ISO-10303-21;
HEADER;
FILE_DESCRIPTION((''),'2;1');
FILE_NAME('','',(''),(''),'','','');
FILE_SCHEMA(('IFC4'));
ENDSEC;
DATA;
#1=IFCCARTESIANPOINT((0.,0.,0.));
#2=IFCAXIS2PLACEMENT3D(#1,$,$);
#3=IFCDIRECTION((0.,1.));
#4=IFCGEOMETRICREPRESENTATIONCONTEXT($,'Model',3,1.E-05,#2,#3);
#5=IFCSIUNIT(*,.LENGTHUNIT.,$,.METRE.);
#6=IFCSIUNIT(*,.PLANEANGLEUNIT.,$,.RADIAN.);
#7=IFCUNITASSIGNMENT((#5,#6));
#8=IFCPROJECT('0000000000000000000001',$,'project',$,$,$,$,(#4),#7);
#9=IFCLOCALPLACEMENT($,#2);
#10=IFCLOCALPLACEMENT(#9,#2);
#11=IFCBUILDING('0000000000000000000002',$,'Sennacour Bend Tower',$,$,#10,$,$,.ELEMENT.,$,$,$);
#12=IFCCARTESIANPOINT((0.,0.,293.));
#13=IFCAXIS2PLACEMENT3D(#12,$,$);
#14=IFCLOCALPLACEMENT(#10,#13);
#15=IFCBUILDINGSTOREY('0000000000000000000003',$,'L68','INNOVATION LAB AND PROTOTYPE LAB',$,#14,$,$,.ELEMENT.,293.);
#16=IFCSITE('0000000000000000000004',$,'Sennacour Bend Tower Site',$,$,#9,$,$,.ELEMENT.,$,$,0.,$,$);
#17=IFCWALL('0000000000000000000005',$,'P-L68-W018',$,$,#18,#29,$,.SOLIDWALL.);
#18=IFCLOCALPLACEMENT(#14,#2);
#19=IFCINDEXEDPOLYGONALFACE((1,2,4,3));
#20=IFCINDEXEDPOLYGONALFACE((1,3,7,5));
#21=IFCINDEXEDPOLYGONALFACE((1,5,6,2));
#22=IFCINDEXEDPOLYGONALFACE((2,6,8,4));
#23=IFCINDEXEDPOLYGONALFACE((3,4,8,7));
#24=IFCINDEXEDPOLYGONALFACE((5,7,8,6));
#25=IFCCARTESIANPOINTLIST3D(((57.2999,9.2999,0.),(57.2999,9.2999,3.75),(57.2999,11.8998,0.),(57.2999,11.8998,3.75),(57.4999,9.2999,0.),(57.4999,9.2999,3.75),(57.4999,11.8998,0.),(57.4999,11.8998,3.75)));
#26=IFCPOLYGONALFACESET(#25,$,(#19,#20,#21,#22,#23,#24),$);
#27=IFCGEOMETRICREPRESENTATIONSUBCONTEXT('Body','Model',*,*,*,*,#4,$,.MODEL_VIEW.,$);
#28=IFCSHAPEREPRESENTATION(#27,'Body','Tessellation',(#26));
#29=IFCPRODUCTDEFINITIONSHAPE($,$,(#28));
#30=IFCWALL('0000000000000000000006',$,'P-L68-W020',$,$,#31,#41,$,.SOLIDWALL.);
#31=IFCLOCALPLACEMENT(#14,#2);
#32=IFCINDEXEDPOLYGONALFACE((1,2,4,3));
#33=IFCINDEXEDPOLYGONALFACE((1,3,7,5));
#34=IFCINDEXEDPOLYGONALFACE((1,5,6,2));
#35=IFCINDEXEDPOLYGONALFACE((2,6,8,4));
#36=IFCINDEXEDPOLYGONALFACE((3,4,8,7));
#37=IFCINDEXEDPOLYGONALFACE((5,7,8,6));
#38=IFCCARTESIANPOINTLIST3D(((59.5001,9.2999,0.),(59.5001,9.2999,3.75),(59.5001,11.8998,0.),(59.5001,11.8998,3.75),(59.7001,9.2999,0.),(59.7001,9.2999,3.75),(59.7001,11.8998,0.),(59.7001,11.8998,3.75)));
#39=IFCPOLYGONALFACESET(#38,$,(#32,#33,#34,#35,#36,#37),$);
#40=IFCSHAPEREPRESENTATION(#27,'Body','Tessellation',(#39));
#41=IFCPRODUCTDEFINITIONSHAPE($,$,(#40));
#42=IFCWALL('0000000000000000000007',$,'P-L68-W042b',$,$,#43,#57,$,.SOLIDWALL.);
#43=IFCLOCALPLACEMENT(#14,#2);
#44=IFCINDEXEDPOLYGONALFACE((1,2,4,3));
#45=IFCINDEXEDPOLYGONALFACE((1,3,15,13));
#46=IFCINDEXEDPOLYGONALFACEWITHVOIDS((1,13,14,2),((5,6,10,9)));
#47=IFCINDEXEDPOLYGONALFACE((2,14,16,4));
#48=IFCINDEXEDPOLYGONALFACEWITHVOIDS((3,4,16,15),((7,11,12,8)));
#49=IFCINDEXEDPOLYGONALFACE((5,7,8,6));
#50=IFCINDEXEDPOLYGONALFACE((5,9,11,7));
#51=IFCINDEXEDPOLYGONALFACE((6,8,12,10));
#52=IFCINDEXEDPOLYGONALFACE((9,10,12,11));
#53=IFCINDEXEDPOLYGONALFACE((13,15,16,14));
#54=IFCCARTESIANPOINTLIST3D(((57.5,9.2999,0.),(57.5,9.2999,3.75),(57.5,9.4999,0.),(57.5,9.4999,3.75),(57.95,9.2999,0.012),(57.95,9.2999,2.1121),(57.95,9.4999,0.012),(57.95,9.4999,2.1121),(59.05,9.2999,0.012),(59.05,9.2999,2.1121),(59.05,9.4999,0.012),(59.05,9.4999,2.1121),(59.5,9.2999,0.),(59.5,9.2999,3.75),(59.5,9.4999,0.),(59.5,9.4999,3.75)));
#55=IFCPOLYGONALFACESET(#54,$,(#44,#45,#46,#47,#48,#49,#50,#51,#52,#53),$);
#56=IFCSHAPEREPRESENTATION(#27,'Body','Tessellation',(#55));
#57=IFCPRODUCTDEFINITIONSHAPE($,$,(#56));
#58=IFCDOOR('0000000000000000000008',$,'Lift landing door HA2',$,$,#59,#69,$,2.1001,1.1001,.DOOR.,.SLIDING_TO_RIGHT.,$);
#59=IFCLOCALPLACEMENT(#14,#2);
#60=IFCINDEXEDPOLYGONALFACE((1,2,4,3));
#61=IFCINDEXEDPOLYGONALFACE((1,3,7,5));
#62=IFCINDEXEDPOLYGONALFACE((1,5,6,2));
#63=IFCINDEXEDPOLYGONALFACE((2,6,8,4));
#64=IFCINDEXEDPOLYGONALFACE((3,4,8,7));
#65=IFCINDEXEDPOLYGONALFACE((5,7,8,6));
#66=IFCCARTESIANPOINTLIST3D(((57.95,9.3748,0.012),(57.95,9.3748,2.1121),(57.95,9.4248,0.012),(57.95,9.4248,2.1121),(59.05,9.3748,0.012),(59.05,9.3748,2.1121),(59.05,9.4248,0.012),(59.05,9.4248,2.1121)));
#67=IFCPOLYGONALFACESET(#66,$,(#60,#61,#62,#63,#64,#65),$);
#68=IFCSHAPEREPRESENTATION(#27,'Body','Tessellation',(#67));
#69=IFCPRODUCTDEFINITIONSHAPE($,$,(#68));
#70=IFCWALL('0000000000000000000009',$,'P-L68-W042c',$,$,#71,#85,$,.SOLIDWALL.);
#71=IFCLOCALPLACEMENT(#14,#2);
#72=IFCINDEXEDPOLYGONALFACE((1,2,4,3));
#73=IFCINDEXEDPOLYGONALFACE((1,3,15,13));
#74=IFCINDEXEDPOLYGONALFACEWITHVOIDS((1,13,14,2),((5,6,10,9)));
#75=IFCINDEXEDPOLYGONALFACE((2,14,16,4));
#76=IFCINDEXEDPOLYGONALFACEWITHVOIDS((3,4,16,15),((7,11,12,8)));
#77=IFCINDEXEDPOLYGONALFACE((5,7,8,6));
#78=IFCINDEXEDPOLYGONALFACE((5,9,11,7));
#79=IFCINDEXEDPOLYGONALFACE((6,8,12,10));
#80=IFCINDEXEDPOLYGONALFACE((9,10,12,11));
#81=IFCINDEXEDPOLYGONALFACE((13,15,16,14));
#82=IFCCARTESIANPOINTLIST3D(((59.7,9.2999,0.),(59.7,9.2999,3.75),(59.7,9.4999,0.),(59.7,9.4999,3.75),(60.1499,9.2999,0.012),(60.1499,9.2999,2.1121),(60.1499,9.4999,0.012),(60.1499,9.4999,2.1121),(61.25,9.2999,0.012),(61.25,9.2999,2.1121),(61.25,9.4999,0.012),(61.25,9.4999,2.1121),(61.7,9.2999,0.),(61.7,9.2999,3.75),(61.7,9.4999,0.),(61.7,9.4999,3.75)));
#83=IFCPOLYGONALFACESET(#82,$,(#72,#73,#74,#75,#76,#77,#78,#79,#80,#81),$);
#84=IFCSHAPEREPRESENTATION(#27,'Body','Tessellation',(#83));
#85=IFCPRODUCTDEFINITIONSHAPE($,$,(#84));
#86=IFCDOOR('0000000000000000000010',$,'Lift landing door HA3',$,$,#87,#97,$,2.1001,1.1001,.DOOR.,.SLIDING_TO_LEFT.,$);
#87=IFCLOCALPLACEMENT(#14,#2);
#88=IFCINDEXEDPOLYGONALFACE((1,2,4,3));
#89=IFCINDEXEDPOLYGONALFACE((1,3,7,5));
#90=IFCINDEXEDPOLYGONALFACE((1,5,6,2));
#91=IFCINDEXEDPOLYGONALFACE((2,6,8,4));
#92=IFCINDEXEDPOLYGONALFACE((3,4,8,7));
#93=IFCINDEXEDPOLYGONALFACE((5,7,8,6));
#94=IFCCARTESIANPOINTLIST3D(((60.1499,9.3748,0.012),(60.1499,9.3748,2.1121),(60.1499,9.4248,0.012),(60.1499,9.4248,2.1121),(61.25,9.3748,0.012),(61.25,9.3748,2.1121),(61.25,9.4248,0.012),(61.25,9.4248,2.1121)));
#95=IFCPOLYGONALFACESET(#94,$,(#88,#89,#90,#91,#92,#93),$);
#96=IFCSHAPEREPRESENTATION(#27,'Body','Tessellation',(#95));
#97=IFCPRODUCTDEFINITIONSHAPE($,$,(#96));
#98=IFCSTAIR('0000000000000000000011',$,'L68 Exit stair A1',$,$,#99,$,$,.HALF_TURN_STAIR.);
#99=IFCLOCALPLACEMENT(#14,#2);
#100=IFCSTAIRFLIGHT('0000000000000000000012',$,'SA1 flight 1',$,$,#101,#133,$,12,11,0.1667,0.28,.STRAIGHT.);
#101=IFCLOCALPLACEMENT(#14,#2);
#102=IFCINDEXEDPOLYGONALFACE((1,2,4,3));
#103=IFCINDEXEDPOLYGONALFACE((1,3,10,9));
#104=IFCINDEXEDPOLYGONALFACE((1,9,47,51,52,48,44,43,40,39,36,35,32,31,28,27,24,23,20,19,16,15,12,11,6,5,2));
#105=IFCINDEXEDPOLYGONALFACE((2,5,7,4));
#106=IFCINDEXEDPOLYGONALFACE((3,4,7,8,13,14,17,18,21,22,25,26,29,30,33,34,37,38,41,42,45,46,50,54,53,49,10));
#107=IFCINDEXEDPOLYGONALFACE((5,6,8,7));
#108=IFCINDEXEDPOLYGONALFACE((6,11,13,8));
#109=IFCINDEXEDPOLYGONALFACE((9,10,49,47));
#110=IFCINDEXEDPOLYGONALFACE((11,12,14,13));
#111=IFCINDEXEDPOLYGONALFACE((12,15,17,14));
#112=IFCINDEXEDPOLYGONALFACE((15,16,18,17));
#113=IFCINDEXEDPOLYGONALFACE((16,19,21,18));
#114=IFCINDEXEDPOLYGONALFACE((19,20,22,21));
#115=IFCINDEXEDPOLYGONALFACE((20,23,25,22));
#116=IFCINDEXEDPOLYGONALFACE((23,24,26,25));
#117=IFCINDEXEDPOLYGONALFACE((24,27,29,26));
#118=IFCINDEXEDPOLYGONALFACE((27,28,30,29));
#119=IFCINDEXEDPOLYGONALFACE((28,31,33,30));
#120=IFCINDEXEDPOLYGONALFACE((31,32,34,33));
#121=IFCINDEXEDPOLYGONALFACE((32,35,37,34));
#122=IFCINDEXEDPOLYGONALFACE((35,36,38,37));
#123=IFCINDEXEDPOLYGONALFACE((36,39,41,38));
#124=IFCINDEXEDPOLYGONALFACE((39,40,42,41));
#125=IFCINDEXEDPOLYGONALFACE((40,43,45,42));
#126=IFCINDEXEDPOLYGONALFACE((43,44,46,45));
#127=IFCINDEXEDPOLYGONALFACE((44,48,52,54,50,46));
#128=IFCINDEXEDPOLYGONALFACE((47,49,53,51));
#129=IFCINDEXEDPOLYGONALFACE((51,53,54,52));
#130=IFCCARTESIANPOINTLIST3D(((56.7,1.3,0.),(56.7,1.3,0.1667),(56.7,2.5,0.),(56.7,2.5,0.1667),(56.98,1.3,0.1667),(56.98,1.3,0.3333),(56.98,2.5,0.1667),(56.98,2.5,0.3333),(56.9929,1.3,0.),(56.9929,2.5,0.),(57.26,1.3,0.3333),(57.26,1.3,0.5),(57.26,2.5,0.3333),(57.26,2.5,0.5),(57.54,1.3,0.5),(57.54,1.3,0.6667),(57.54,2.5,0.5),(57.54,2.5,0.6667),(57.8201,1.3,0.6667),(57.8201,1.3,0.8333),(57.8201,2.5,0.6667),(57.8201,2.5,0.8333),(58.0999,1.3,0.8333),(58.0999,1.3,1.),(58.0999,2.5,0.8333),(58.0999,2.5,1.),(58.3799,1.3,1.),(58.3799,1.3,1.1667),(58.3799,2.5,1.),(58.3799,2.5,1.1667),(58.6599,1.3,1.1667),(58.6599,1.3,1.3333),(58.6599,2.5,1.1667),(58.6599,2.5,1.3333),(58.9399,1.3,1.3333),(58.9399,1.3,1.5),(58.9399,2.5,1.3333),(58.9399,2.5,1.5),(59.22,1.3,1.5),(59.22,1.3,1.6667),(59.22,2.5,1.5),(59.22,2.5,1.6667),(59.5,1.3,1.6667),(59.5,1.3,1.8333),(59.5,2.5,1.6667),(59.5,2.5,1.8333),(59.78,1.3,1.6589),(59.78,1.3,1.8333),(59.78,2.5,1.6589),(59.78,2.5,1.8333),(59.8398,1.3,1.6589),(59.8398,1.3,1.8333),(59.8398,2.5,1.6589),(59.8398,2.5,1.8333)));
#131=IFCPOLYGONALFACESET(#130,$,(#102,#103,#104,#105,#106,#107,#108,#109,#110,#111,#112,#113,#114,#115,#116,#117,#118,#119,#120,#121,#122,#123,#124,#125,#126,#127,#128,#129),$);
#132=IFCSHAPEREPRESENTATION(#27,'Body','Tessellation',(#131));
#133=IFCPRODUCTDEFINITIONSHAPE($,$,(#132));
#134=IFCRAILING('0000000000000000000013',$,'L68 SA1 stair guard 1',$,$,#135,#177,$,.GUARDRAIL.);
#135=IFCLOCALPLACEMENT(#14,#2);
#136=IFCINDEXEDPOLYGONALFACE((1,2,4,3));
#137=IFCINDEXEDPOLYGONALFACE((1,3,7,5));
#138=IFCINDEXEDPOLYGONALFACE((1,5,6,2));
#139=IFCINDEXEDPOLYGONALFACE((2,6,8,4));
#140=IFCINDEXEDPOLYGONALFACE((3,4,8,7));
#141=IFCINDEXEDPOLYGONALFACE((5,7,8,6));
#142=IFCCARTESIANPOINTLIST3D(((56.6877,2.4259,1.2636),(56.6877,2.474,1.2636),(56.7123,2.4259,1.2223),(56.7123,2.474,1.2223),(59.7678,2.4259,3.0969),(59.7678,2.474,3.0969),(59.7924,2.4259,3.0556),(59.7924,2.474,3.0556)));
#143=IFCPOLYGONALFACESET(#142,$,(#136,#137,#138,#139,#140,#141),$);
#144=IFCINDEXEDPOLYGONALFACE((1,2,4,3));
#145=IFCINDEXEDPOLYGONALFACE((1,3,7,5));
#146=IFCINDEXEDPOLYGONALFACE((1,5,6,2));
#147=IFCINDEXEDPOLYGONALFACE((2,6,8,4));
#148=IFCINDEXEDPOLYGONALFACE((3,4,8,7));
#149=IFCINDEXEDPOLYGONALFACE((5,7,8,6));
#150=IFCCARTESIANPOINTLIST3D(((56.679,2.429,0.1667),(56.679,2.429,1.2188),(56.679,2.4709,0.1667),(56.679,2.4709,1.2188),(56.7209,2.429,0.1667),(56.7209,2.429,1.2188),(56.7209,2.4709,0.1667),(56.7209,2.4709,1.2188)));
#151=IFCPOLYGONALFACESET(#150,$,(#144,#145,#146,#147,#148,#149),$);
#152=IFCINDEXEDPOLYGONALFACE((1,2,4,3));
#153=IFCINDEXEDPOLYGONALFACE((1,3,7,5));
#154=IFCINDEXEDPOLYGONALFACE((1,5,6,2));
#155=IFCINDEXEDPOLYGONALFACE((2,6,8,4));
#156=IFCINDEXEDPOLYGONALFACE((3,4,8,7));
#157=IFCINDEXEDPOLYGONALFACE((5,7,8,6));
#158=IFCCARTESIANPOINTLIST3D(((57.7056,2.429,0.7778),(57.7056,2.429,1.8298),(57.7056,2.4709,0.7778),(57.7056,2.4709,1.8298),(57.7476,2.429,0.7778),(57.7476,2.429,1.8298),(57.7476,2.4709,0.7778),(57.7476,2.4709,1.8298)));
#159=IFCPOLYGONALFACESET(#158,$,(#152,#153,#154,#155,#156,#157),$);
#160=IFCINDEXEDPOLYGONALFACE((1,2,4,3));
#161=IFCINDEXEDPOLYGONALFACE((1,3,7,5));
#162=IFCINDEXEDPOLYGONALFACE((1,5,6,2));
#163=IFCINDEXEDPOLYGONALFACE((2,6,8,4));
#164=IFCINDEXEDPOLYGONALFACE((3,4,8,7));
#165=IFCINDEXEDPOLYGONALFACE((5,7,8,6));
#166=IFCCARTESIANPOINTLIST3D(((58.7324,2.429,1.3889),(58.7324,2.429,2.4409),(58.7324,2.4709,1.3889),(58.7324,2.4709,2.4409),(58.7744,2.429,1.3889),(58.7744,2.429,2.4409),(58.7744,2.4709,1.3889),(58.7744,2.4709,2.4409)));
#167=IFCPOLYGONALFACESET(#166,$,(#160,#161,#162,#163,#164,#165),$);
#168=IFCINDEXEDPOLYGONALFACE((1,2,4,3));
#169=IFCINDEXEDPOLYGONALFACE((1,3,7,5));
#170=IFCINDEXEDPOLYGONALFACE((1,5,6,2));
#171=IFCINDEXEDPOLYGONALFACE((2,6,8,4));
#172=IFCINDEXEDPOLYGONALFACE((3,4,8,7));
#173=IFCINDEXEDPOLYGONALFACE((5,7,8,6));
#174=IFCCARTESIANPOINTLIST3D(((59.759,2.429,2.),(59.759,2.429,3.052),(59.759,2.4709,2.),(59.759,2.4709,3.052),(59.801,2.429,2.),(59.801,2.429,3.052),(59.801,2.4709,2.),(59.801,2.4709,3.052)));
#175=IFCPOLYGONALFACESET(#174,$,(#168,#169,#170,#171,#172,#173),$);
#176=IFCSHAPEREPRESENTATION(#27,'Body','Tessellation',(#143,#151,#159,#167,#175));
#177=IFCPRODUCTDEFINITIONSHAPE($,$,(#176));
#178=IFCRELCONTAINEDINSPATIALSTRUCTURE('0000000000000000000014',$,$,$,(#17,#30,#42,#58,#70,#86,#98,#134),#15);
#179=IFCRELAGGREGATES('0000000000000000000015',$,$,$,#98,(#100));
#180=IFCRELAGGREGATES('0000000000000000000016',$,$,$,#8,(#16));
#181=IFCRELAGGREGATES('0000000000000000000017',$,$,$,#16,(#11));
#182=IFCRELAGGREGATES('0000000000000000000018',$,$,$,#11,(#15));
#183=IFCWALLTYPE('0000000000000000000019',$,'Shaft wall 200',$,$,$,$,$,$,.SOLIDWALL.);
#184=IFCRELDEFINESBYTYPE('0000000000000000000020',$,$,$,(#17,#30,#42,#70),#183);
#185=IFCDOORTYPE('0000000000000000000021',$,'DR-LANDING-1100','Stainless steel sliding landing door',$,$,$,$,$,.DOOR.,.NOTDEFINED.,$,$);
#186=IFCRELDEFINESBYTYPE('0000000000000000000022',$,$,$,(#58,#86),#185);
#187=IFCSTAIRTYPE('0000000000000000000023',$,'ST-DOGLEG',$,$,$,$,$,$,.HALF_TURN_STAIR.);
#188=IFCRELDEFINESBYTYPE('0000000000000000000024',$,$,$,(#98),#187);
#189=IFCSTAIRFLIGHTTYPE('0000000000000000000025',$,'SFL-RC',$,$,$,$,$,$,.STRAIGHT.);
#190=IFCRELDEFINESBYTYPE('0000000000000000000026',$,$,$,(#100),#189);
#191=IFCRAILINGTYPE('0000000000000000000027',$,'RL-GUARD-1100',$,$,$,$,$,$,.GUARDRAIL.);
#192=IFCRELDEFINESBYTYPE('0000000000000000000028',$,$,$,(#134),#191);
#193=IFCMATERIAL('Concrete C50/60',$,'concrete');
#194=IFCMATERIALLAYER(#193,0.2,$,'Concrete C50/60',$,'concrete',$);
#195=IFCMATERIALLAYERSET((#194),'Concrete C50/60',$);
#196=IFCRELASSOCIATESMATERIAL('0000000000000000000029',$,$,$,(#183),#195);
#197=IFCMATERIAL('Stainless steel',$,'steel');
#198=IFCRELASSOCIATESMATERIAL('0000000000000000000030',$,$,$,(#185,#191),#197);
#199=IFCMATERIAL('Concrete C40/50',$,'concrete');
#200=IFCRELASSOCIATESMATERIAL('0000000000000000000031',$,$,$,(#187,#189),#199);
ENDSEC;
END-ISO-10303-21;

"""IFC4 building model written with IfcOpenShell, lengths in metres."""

from ifc_helpers import new_model, si_unit, direction, frame, frame_2d, origin, origin_2d, place, context, subcontext, project, spatial, polyline, rectangle, outline, extrude, material, layer, layer_set, type_object, element, fill, aggregate, save


model = new_model("IFC4")

# Units and contexts
model_context = context("Model", 3, precision=1e-05, world=origin(), true_north=direction((0.0, 1.0)))
body_context = subcontext(model_context, "Body", "Model", "MODEL_VIEW")
ifc_project = project(units=[si_unit("LENGTHUNIT", "METRE"), si_unit("PLANEANGLEUNIT", "RADIAN")], contexts=[model_context])

# Site, building, storey
site_placement = place(None, origin())
site = spatial("IfcSite", under=ifc_project, at=site_placement, Name="Sennacour Bend Tower Site", CompositionType="ELEMENT", RefElevation=0.0)
building_placement = place(site_placement, origin())
building = spatial("IfcBuilding", under=site, at=building_placement, Name="Sennacour Bend Tower", CompositionType="ELEMENT")
storey_placement = place(building_placement, frame((0.0, 0.0, 293.0)))
storey = spatial("IfcBuildingStorey", under=building, at=storey_placement, Name="L68", Description="INNOVATION LAB AND PROTOTYPE LAB", CompositionType="ELEMENT", Elevation=293.0)

# Walls
ifc_material_1 = material(Name="Concrete C50/60", Category="concrete")
ifc_layer = layer(ifc_material_1, 0.2, Name="Concrete C50/60", Category="concrete")
ifc_layer_set = layer_set([ifc_layer], Name="Concrete C50/60")
wall_type = type_object("IfcWallType", Name="Shaft wall 200", PredefinedType="SOLIDWALL", material=ifc_layer_set)
for number, where, z_axis, x_axis, name in (
    (1, (57.3999, 9.3, 0.0), (0.0, 0.0, 1.0), (0.0, 1.0, 0.0), "P-L68-W018"),
    (2, (59.6001, 9.3, 0.0), (0.0, 0.0, 1.0), (0.0, 1.0, 0.0), "P-L68-W020"),
):
    element("IfcWall", number, at=place(storey_placement, frame(where, z_axis=z_axis, x_axis=x_axis)), inside=storey, type_object=wall_type, Name=name, PredefinedType="SOLIDWALL", context=body_context, shape_type="SweptSolid", body=[
        extrude(rectangle(XDim=2.5999, YDim=0.2, at=frame_2d((1.2998, 0.0))), origin(), (0.0, 0.0, 1.0), 3.75),
    ])

# Walls, openings, doors
wall_1_placement = place(storey_placement, frame((57.5, 9.3999, 0.0), z_axis=(0.0, 0.0, 1.0), x_axis=(1.0, 0.0, 0.0)))
wall_1 = element("IfcWall", 3, at=wall_1_placement, inside=storey, type_object=wall_type, Name="P-L68-W042b", PredefinedType="SOLIDWALL", context=body_context, shape_type="SweptSolid", body=[
    extrude(rectangle(XDim=2.0, YDim=0.2, at=frame_2d((1.0, 0.0))), origin(), (0.0, 0.0, 1.0), 3.75),
])
opening_1_placement = place(wall_1_placement, frame((0.45, 0.0, 0.012)))
opening_1 = element("IfcOpeningElement", 4, at=opening_1_placement, cuts=wall_1, PredefinedType="OPENING", context=body_context, shape_type="SweptSolid", body=[
    extrude(rectangle(XDim=1.1001, YDim=2.1001, at=frame_2d((0.55, 1.05))), frame((0.0, 0.1099, 0.0), z_axis=(0.0, -1.0, 0.0), x_axis=(1.0, 0.0, 0.0)), (0.0, 0.0, 1.0), 0.22),
])
ifc_material_2 = material(Name="Stainless steel", Category="steel")
door_type = type_object("IfcDoorType", Name="DR-LANDING-1100", Description="Stainless steel sliding landing door", OperationType="NOTDEFINED", PredefinedType="DOOR", material=ifc_material_2)
door_1_placement = place(opening_1_placement, origin())
door_1 = element("IfcDoor", 5, at=door_1_placement, inside=storey, type_object=door_type, Name="Lift landing door HA2", OperationType="SLIDING_TO_RIGHT", OverallHeight=2.1001, OverallWidth=1.1001, PredefinedType="DOOR", context=body_context, shape_type="SweptSolid", body=[
    extrude(rectangle(XDim=1.1001, YDim=2.1001, at=frame_2d((0.55, 1.05))), frame((0.0, 0.0249, 0.0), z_axis=(0.0, -1.0, 0.0), x_axis=(1.0, 0.0, 0.0)), (0.0, 0.0, 1.0), 0.05),
])
fill(opening_1, door_1)
wall_2_placement = place(storey_placement, frame((59.7, 9.3999, 0.0), z_axis=(0.0, 0.0, 1.0), x_axis=(1.0, 0.0, 0.0)))
wall_2 = element("IfcWall", 6, at=wall_2_placement, inside=storey, type_object=wall_type, Name="P-L68-W042c", PredefinedType="SOLIDWALL", context=body_context, shape_type="SweptSolid", body=[
    extrude(rectangle(XDim=2.0, YDim=0.2, at=frame_2d((1.0, 0.0))), origin(), (0.0, 0.0, 1.0), 3.75),
])
opening_2_placement = place(wall_2_placement, frame((0.45, 0.0, 0.012)))
opening_2 = element("IfcOpeningElement", 7, at=opening_2_placement, cuts=wall_2, PredefinedType="OPENING", context=body_context, shape_type="SweptSolid", body=[
    extrude(rectangle(XDim=1.1001, YDim=2.1001, at=frame_2d((0.55, 1.05))), frame((0.0, 0.1099, 0.0), z_axis=(0.0, -1.0, 0.0), x_axis=(1.0, 0.0, 0.0)), (0.0, 0.0, 1.0), 0.22),
])
door_2_placement = place(opening_2_placement, origin())
door_2 = element("IfcDoor", 8, at=door_2_placement, inside=storey, type_object=door_type, Name="Lift landing door HA3", OperationType="SLIDING_TO_LEFT", OverallHeight=2.1001, OverallWidth=1.1001, PredefinedType="DOOR", context=body_context, shape_type="SweptSolid", body=[
    extrude(rectangle(XDim=1.1001, YDim=2.1001, at=frame_2d((0.55, 1.05))), frame((0.0, 0.0249, 0.0), z_axis=(0.0, -1.0, 0.0), x_axis=(1.0, 0.0, 0.0)), (0.0, 0.0, 1.0), 0.05),
])
fill(opening_2, door_2)

# Stair, stair flight
ifc_material_3 = material(Name="Concrete C40/50", Category="concrete")
stair_type = type_object("IfcStairType", Name="ST-DOGLEG", PredefinedType="HALF_TURN_STAIR", material=ifc_material_3)
stair_placement = place(storey_placement, origin())
stair = element("IfcStair", 9, at=stair_placement, inside=storey, type_object=stair_type, Name="L68 Exit stair A1", PredefinedType="HALF_TURN_STAIR")
stair_flight_type = type_object("IfcStairFlightType", Name="SFL-RC", PredefinedType="STRAIGHT", material=ifc_material_3)
stair_flight_placement = place(storey_placement, frame((56.7, 1.8999, 0.0), z_axis=(0.0, 0.0, 1.0), x_axis=(1.0, 0.0, 0.0)))
stair_flight = element("IfcStairFlight", 10, at=stair_flight_placement, type_object=stair_flight_type, Name="SA1 flight 1", NumberOfRisers=12, NumberOfTreads=11, PredefinedType="STRAIGHT", RiserHeight=0.1667, TreadLength=0.28, context=body_context, shape_type="SweptSolid", body=[
    extrude(outline(polyline([(0.0, 0.0), (0.0, 0.1667), (0.28, 0.1667), (0.28, 0.3333), (0.5601, 0.3333), (0.5601, 0.5), (0.8401, 0.5), (0.8401, 0.6667), (1.1201, 0.6667), (1.1201, 0.8333), (1.3999, 0.8333), (1.3999, 1.0), (1.6799, 1.0), (1.6799, 1.1667), (1.96, 1.1667), (1.96, 1.3333), (2.24, 1.3333), (2.24, 1.5), (2.52, 1.5), (2.52, 1.6667), (2.8, 1.6667), (2.8, 1.8333), (3.0801, 1.8333), (3.1399, 1.8333), (3.1399, 1.6589), (3.0801, 1.6589), (0.293, 0.0), (0.0, 0.0)])), frame((0.0, 0.6001, 0.0), z_axis=(0.0, -1.0, 0.0), x_axis=(1.0, 0.0, 0.0)), (0.0, 0.0, 1.0), 1.2),
])
aggregate(stair, [stair_flight])

# Railing
railing_type_1 = type_object("IfcRailingType", Name="RL-GUARD-1100", PredefinedType="GUARDRAIL", material=ifc_material_2)
railing_1_placement = place(storey_placement, frame((56.7, 2.45, 0.1667)))
element("IfcRailing", 11, at=railing_1_placement, inside=storey, type_object=railing_type_1, Name="L68 SA1 stair guard 1", PredefinedType="GUARDRAIL", context=body_context, shape_type="SweptSolid", body=[
    extrude(rectangle(XDim=0.0481, YDim=0.0481, at=origin_2d()), frame((0.0, 0.0, 1.0762), z_axis=(0.859309, 0.0, 0.511458), x_axis=(0.0, 1.0, 0.0)), (0.0, 0.0, 1.0), 3.5845),
    extrude(rectangle(XDim=0.042, YDim=0.042, at=origin_2d()), origin(), (0.0, 0.0, 1.0), 1.052),
    extrude(rectangle(XDim=0.042, YDim=0.042, at=origin_2d()), frame((1.0266, 0.0, 0.6111)), (0.0, 0.0, 1.0), 1.052),
    extrude(rectangle(XDim=0.042, YDim=0.042, at=origin_2d()), frame((2.0535, 0.0, 1.2222)), (0.0, 0.0, 1.0), 1.052),
    extrude(rectangle(XDim=0.042, YDim=0.042, at=origin_2d()), frame((3.0801, 0.0, 1.8333)), (0.0, 0.0, 1.0), 1.052),
])

save(model, "model.ifc")
